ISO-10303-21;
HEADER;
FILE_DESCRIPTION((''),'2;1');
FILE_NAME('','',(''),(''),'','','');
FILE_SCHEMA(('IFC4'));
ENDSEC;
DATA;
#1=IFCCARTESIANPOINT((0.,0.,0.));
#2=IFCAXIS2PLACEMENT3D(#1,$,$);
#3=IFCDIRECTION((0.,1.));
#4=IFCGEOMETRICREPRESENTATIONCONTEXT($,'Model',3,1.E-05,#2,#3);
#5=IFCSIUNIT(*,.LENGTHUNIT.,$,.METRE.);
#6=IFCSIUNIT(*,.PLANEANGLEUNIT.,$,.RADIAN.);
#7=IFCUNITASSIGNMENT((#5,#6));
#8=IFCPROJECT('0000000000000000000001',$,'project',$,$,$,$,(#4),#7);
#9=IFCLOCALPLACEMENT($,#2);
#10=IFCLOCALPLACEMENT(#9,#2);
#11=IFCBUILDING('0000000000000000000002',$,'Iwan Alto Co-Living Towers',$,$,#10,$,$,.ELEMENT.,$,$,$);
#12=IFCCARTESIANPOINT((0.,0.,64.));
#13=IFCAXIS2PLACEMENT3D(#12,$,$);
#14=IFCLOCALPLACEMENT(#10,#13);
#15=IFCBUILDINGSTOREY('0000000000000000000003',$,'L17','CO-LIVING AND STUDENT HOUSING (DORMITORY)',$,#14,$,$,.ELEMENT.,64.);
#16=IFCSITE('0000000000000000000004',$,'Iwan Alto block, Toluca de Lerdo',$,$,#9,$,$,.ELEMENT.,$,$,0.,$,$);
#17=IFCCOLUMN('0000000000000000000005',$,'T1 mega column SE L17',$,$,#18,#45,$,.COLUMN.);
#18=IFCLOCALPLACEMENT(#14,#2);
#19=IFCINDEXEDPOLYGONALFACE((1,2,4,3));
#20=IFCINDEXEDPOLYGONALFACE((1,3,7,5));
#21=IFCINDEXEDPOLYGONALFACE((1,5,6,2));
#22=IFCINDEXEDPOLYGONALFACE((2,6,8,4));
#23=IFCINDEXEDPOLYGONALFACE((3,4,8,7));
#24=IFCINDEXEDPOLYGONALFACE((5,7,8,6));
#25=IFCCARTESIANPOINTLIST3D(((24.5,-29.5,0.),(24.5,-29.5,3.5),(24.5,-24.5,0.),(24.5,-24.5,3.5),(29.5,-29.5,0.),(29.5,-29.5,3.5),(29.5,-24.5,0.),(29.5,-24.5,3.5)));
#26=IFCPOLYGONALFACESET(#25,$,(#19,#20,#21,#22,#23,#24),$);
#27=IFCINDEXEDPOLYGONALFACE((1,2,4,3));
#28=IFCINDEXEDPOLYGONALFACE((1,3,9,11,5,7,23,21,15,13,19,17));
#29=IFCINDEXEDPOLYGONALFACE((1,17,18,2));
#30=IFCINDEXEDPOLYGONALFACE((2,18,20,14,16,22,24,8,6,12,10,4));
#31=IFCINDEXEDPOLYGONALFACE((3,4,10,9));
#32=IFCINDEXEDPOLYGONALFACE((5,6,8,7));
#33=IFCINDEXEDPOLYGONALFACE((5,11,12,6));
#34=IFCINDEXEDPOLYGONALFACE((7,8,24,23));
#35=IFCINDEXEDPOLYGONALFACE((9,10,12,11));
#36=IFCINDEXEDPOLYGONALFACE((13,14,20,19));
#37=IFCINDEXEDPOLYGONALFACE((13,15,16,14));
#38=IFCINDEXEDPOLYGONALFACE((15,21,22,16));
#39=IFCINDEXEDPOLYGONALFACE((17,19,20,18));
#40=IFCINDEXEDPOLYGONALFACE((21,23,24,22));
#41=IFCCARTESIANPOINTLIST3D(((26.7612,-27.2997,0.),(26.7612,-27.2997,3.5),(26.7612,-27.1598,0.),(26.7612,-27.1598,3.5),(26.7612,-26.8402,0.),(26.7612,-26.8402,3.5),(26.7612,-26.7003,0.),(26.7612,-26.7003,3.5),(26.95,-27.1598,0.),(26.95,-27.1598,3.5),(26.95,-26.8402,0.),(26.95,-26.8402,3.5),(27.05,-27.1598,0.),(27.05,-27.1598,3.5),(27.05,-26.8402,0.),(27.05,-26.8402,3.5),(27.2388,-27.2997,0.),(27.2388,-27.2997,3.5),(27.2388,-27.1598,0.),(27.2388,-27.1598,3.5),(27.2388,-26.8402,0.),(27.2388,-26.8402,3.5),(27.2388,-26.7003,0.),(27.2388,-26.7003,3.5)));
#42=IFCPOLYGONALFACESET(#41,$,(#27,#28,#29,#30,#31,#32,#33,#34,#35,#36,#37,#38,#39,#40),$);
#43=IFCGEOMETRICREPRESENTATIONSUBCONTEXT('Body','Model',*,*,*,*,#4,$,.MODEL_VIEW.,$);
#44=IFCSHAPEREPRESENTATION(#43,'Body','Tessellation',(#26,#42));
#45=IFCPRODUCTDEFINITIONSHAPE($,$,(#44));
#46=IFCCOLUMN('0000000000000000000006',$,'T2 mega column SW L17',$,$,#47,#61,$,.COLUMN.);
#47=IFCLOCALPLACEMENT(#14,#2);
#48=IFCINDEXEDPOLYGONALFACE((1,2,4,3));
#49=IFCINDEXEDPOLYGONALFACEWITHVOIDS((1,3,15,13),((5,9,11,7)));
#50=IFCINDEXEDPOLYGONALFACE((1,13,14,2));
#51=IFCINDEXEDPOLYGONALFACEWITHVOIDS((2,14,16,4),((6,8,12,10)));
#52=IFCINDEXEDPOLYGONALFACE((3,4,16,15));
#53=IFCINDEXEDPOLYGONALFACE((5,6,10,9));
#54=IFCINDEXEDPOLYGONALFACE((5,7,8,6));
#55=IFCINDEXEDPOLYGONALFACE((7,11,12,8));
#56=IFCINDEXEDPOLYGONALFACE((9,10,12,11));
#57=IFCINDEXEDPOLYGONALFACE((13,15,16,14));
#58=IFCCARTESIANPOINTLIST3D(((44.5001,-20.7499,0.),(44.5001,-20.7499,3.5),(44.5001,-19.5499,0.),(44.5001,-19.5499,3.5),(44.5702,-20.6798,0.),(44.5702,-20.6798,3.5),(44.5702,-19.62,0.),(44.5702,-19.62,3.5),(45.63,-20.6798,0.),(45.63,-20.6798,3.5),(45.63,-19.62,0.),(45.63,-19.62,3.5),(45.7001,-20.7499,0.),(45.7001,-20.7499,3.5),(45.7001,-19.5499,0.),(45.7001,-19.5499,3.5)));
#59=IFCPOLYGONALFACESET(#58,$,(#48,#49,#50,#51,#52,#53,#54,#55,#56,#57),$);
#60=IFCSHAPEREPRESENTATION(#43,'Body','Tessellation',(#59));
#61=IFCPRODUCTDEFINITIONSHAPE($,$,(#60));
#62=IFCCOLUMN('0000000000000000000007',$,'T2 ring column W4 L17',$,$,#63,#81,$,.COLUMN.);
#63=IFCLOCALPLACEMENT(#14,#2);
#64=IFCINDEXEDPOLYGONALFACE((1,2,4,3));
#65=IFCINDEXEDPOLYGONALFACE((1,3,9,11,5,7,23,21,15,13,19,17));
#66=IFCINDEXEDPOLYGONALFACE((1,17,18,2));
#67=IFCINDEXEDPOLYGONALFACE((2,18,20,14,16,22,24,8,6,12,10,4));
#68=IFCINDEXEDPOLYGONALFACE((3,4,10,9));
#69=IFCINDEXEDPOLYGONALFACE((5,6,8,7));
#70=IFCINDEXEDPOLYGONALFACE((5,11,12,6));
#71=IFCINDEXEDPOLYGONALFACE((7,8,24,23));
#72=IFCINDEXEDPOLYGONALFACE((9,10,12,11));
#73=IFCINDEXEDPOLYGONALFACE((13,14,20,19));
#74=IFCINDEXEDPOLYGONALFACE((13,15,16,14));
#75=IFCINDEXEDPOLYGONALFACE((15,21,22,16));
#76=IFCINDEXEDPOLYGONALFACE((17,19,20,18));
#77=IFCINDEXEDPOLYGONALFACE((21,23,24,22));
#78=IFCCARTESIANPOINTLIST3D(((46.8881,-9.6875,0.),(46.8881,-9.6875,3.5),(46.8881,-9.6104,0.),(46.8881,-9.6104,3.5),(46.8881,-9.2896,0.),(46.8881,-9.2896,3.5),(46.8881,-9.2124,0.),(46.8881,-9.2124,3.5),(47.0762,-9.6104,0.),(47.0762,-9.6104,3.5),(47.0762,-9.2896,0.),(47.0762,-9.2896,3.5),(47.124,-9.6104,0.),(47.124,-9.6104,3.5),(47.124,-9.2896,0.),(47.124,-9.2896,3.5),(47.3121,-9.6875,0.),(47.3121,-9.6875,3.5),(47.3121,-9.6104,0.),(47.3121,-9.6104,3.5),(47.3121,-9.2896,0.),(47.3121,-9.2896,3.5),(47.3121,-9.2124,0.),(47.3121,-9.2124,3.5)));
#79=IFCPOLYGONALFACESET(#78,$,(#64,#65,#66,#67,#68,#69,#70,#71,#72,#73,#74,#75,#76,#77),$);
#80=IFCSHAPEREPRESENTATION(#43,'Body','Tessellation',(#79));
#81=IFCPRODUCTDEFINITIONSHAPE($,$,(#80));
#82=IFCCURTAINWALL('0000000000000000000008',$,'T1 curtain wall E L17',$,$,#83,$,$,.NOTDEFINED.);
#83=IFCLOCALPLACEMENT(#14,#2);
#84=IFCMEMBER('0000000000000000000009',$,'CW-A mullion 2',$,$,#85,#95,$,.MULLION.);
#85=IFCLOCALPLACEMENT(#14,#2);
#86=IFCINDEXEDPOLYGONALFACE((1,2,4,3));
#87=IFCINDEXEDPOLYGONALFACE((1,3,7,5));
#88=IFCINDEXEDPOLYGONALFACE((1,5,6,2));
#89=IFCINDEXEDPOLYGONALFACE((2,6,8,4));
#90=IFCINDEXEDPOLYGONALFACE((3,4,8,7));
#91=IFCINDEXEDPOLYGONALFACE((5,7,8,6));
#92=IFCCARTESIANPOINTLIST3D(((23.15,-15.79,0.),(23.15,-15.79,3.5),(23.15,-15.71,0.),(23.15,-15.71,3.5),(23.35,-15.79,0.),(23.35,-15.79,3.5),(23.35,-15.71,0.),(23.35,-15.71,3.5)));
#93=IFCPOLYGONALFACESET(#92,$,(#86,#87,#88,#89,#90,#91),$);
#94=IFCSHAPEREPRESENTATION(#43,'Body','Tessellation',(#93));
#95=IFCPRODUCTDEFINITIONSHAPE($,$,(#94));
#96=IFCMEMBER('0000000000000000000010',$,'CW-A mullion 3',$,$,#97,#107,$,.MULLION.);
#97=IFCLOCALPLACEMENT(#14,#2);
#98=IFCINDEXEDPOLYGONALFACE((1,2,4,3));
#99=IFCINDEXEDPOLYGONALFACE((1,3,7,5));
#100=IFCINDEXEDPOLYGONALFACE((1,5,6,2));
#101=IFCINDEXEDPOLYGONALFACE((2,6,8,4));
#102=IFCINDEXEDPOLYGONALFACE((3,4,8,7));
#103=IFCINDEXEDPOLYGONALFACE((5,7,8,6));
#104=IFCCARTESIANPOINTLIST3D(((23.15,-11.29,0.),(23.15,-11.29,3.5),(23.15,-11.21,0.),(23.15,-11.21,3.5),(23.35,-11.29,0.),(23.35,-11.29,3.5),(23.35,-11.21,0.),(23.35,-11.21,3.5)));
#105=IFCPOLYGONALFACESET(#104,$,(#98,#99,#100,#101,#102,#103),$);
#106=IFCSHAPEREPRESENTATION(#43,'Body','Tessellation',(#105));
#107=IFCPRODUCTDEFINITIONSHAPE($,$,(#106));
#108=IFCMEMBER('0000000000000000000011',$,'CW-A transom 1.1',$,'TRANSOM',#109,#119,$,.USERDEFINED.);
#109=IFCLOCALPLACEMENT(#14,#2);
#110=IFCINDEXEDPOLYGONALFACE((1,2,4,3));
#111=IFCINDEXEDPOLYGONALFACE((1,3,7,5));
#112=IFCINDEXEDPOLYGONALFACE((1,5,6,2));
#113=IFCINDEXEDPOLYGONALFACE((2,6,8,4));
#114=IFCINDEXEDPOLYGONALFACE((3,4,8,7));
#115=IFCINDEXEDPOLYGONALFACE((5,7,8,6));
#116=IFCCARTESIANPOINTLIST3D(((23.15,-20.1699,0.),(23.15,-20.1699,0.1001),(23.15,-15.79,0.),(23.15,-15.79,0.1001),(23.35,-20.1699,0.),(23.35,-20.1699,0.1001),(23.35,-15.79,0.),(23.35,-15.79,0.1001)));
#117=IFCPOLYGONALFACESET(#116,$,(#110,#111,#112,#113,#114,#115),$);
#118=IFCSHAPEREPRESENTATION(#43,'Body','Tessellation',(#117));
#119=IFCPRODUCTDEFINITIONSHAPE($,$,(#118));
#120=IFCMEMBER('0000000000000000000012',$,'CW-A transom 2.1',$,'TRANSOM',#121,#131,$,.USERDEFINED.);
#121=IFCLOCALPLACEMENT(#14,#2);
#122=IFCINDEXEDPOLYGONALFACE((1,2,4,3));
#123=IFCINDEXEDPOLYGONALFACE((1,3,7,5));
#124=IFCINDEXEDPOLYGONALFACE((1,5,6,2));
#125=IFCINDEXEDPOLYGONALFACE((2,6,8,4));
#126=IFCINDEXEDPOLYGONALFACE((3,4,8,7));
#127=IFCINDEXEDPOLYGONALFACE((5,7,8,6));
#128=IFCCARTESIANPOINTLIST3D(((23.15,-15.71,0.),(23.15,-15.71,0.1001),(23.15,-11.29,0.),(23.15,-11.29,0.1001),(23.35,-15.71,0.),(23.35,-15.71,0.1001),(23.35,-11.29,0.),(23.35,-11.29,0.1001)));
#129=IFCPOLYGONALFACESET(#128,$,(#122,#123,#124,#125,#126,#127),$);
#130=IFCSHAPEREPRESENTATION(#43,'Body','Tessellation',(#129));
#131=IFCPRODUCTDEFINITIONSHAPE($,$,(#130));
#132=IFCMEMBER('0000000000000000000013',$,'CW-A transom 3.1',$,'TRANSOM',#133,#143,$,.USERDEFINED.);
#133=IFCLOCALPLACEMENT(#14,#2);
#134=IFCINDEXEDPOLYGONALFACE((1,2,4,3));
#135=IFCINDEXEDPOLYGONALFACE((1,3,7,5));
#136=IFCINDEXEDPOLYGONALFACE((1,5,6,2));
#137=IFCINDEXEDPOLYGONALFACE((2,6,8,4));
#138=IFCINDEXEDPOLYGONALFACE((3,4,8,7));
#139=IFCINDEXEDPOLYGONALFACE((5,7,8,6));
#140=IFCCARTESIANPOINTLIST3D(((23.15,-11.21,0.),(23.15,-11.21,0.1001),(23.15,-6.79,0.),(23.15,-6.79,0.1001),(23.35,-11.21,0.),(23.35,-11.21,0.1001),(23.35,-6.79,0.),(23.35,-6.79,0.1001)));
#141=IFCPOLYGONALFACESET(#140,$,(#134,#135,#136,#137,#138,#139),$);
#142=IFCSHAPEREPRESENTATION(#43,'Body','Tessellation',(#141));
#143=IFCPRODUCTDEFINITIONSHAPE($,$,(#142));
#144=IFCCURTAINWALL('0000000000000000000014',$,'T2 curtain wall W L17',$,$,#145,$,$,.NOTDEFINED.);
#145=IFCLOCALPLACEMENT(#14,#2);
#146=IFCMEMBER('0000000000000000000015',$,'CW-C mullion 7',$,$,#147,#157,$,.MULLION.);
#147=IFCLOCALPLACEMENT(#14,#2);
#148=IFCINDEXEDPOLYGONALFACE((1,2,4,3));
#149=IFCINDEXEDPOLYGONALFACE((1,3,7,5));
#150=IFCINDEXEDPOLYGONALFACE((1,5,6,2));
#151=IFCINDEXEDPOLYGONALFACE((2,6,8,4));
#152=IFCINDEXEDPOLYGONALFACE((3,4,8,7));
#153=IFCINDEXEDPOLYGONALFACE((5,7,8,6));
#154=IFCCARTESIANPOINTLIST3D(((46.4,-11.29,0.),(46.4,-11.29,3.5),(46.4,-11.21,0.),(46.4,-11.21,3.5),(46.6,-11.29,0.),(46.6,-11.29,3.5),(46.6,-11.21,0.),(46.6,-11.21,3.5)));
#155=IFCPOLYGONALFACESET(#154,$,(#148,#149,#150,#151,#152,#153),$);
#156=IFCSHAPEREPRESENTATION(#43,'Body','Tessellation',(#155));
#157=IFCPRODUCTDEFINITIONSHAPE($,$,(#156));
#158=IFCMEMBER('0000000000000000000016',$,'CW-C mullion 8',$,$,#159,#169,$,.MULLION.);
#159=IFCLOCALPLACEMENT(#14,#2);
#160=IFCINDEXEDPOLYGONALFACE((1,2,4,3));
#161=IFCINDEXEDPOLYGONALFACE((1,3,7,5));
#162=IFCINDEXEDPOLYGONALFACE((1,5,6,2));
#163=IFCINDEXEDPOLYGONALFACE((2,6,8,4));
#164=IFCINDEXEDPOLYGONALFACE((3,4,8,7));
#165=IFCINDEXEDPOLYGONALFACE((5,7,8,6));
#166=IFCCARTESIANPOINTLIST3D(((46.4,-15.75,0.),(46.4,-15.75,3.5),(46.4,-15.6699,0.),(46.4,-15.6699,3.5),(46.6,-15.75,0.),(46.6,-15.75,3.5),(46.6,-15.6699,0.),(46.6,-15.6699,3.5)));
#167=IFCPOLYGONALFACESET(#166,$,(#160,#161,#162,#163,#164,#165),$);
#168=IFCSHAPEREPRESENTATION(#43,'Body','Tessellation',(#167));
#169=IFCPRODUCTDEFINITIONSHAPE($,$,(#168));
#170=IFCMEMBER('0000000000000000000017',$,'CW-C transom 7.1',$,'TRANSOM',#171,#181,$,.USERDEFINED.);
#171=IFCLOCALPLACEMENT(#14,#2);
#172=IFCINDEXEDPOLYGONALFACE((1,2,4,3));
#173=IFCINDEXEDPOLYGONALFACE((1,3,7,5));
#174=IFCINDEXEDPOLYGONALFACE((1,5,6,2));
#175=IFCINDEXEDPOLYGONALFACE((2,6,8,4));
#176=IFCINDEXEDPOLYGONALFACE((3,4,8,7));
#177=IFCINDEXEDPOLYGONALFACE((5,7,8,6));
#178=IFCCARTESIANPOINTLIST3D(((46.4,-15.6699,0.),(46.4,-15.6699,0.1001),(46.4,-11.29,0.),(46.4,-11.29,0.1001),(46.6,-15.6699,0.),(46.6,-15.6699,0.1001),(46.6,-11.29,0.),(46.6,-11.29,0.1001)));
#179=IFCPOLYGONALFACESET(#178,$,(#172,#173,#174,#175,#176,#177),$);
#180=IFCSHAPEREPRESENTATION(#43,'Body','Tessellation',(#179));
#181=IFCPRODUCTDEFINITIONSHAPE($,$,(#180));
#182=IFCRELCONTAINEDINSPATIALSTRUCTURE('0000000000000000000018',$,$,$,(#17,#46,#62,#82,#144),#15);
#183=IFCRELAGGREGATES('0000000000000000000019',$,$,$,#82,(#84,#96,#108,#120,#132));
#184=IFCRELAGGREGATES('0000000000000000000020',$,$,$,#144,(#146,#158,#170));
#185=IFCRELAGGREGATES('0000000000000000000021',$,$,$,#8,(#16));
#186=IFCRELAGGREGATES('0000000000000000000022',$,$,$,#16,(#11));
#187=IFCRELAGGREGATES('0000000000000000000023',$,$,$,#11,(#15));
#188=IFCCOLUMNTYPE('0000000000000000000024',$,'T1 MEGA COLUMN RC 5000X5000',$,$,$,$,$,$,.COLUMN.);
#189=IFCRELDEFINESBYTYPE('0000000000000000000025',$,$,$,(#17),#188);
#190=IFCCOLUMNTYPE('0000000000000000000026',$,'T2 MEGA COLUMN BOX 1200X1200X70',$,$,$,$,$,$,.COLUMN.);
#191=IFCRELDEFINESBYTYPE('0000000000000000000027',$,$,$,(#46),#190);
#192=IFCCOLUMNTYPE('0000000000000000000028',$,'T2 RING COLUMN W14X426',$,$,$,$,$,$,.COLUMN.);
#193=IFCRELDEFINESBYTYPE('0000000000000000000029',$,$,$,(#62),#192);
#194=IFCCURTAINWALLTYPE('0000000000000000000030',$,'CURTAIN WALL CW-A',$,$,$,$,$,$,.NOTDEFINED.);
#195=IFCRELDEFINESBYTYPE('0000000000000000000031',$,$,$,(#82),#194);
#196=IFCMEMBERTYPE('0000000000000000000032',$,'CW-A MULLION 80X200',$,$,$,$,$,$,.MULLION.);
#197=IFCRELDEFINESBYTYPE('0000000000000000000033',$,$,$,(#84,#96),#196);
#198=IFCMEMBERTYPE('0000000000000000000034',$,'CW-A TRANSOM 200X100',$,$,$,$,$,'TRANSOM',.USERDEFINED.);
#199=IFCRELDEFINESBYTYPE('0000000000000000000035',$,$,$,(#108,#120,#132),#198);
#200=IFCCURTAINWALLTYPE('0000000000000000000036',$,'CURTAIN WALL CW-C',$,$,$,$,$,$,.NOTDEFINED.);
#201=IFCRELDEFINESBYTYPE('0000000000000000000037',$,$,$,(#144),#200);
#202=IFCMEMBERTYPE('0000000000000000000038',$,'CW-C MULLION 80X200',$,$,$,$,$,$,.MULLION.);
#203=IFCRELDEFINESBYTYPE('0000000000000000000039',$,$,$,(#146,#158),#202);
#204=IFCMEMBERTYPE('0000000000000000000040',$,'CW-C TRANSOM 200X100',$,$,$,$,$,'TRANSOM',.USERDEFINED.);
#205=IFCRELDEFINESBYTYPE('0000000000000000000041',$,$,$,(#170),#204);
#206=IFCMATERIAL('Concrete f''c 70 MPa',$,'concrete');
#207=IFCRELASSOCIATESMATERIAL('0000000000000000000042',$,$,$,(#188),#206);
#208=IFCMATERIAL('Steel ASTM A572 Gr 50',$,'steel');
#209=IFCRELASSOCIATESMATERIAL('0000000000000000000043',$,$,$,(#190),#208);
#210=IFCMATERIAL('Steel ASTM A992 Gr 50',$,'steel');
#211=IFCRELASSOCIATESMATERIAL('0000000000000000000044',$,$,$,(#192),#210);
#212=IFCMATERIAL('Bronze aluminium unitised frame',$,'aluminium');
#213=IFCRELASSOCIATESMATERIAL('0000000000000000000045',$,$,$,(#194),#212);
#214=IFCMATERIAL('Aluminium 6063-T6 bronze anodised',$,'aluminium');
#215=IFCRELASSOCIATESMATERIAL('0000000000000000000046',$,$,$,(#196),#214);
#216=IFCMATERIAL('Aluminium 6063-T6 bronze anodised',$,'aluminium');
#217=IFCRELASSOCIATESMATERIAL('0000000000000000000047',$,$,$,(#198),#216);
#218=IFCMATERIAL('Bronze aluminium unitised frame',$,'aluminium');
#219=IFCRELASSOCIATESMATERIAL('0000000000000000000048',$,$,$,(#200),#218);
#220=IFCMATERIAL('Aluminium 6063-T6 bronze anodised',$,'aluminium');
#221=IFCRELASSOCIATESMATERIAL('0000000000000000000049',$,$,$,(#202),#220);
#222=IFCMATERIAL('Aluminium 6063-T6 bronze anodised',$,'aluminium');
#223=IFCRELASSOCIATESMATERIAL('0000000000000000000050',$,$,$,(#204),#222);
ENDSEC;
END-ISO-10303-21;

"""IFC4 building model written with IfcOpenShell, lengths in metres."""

from ifc_helpers import new_model, si_unit, direction, frame, origin, origin_2d, place, context, subcontext, project, spatial, rectangle, hollow_rectangle, i_section, extrude, material, material_profile, profile_set, type_object, element, aggregate, save


model = new_model("IFC4")

# Units and contexts
model_context = context("Model", 3, precision=1e-05, world=origin(), true_north=direction((0.0, 1.0)))
body_context = subcontext(model_context, "Body", "Model", "MODEL_VIEW")
ifc_project = project(units=[si_unit("LENGTHUNIT", "METRE"), si_unit("PLANEANGLEUNIT", "RADIAN")], contexts=[model_context])

# Site, building, storey
site_placement = place(None, origin())
site = spatial("IfcSite", under=ifc_project, at=site_placement, Name="Iwan Alto block, Toluca de Lerdo", CompositionType="ELEMENT", RefElevation=0.0)
building_placement = place(site_placement, origin())
building = spatial("IfcBuilding", under=site, at=building_placement, Name="Iwan Alto Co-Living Towers", CompositionType="ELEMENT")
storey_placement = place(building_placement, frame((0.0, 0.0, 64.0)))
storey = spatial("IfcBuildingStorey", under=building, at=storey_placement, Name="L17", Description="CO-LIVING AND STUDENT HOUSING (DORMITORY)", CompositionType="ELEMENT", Elevation=64.0)

# Columns
ifc_material_1 = material(Name="Concrete f'c 70 MPa", Category="concrete")
ifc_material_profile_1 = material_profile(ifc_material_1, rectangle(XDim=5.0, YDim=5.0, at=origin_2d()), Name="RC 5000X5000")
ifc_profile_set_1 = profile_set([ifc_material_profile_1], Name="Concrete f'c 70 MPa")
column_type_1 = type_object("IfcColumnType", Name="T1 MEGA COLUMN RC 5000X5000", PredefinedType="COLUMN", material=ifc_profile_set_1)
column_1_placement = place(storey_placement, frame((27.0, -27.0, 0.0), z_axis=(0.0, 0.0, 1.0), x_axis=(1.0, 0.0, 0.0)))
element("IfcColumn", 1, at=column_1_placement, inside=storey, type_object=column_type_1, Name="T1 mega column SE L17", PredefinedType="COLUMN", context=body_context, shape_type="SweptSolid", body=[
    extrude(rectangle(XDim=5.0, YDim=5.0, at=origin_2d()), origin(), (0.0, 0.0, 1.0), 3.5),
    extrude(i_section(OverallWidth=0.4775, OverallDepth=0.5994, WebThickness=0.1001, FlangeThickness=0.1399, at=origin_2d()), origin(), (0.0, 0.0, 1.0), 3.5),
])
ifc_material_2 = material(Name="Steel ASTM A572 Gr 50", Category="steel")
ifc_material_profile_2 = material_profile(ifc_material_2, hollow_rectangle(XDim=1.2, YDim=1.2, WallThickness=0.0701, at=origin_2d()), Name="BOX 1200X1200X70")
ifc_profile_set_2 = profile_set([ifc_material_profile_2], Name="Steel ASTM A572 Gr 50")
column_type_2 = type_object("IfcColumnType", Name="T2 MEGA COLUMN BOX 1200X1200X70", PredefinedType="COLUMN", material=ifc_profile_set_2)
column_2_placement = place(storey_placement, frame((45.1001, -20.1499, 0.0), z_axis=(0.0, 0.0, 1.0), x_axis=(1.0, 0.0, 0.0)))
element("IfcColumn", 2, at=column_2_placement, inside=storey, type_object=column_type_2, Name="T2 mega column SW L17", PredefinedType="COLUMN", context=body_context, shape_type="SweptSolid", body=[
    extrude(hollow_rectangle(XDim=1.2, YDim=1.2, WallThickness=0.0701, at=origin_2d()), origin(), (0.0, 0.0, 1.0), 3.5),
])
ifc_material_3 = material(Name="Steel ASTM A992 Gr 50", Category="steel")
ifc_material_profile_3 = material_profile(ifc_material_3, i_section(OverallWidth=0.4241, OverallDepth=0.4751, WebThickness=0.0479, FlangeThickness=0.0771, at=origin_2d()), Name="W14X426")
ifc_profile_set_3 = profile_set([ifc_material_profile_3], Name="Steel ASTM A992 Gr 50")
column_type_3 = type_object("IfcColumnType", Name="T2 RING COLUMN W14X426", PredefinedType="COLUMN", material=ifc_profile_set_3)
column_3_placement = place(storey_placement, frame((47.1001, -9.45, 0.0), z_axis=(0.0, 0.0, 1.0), x_axis=(1.0, 0.0, 0.0)))
element("IfcColumn", 3, at=column_3_placement, inside=storey, type_object=column_type_3, Name="T2 ring column W4 L17", PredefinedType="COLUMN", context=body_context, shape_type="SweptSolid", body=[
    extrude(i_section(OverallWidth=0.4241, OverallDepth=0.4751, WebThickness=0.0479, FlangeThickness=0.0771, at=origin_2d()), origin(), (0.0, 0.0, 1.0), 3.5),
])

# Curtain walls, members
ifc_material_4 = material(Name="Bronze aluminium unitised frame", Category="aluminium")
curtain_wall_type_1 = type_object("IfcCurtainWallType", Name="CURTAIN WALL CW-A", PredefinedType="NOTDEFINED", material=ifc_material_4)
curtain_wall_1_placement = place(storey_placement, origin())
curtain_wall_1 = element("IfcCurtainWall", 4, at=curtain_wall_1_placement, inside=storey, type_object=curtain_wall_type_1, Name="T1 curtain wall E L17", PredefinedType="NOTDEFINED")
ifc_material_5 = material(Name="Aluminium 6063-T6 bronze anodised", Category="aluminium")
ifc_material_profile_4 = material_profile(ifc_material_5, rectangle(XDim=0.2, YDim=0.0801, at=origin_2d()), Name="AL 80X200")
ifc_profile_set_4 = profile_set([ifc_material_profile_4], Name="Aluminium 6063-T6 bronze anodised")
member_type_1 = type_object("IfcMemberType", Name="CW-A MULLION 80X200", PredefinedType="MULLION", material=ifc_profile_set_4)
member_1_placement = place(storey_placement, frame((23.25, -15.75, 0.0), z_axis=(0.0, 0.0, 1.0), x_axis=(-1.0, 0.0, 0.0)))
member_1 = element("IfcMember", 5, at=member_1_placement, type_object=member_type_1, Name="CW-A mullion 2", PredefinedType="MULLION", context=body_context, shape_type="SweptSolid", body=[
    extrude(rectangle(XDim=0.2, YDim=0.0801, at=origin_2d()), origin(), (0.0, 0.0, 1.0), 3.5),
])
member_2_placement = place(storey_placement, frame((23.25, -11.25, 0.0), z_axis=(0.0, 0.0, 1.0), x_axis=(-1.0, 0.0, 0.0)))
member_2 = element("IfcMember", 6, at=member_2_placement, type_object=member_type_1, Name="CW-A mullion 3", PredefinedType="MULLION", context=body_context, shape_type="SweptSolid", body=[
    extrude(rectangle(XDim=0.2, YDim=0.0801, at=origin_2d()), origin(), (0.0, 0.0, 1.0), 3.5),
])
ifc_material_6 = material(Name="Aluminium 6063-T6 bronze anodised", Category="aluminium")
ifc_material_profile_5 = material_profile(ifc_material_6, rectangle(XDim=0.2, YDim=0.1001, at=origin_2d()), Name="AL 200X100")
ifc_profile_set_5 = profile_set([ifc_material_profile_5], Name="Aluminium 6063-T6 bronze anodised")
member_type_2 = type_object("IfcMemberType", Name="CW-A TRANSOM 200X100", ElementType="TRANSOM", PredefinedType="USERDEFINED", material=ifc_profile_set_5)
member_3_placement = place(storey_placement, frame((23.25, -20.1699, 0.05), z_axis=(0.0, 1.0, 0.0), x_axis=(-1.0, 0.0, 0.0)))
member_3 = element("IfcMember", 7, at=member_3_placement, type_object=member_type_2, Name="CW-A transom 1.1", ObjectType="TRANSOM", PredefinedType="USERDEFINED", context=body_context, shape_type="SweptSolid", body=[
    extrude(rectangle(XDim=0.2, YDim=0.1001, at=origin_2d()), origin(), (0.0, 0.0, 1.0), 4.3799),
])
member_4_placement = place(storey_placement, frame((23.25, -15.71, 0.05), z_axis=(0.0, 1.0, 0.0), x_axis=(-1.0, 0.0, 0.0)))
member_4 = element("IfcMember", 8, at=member_4_placement, type_object=member_type_2, Name="CW-A transom 2.1", ObjectType="TRANSOM", PredefinedType="USERDEFINED", context=body_context, shape_type="SweptSolid", body=[
    extrude(rectangle(XDim=0.2, YDim=0.1001, at=origin_2d()), origin(), (0.0, 0.0, 1.0), 4.4199),
])
member_5_placement = place(storey_placement, frame((23.25, -11.21, 0.05), z_axis=(0.0, 1.0, 0.0), x_axis=(-1.0, 0.0, 0.0)))
member_5 = element("IfcMember", 9, at=member_5_placement, type_object=member_type_2, Name="CW-A transom 3.1", ObjectType="TRANSOM", PredefinedType="USERDEFINED", context=body_context, shape_type="SweptSolid", body=[
    extrude(rectangle(XDim=0.2, YDim=0.1001, at=origin_2d()), origin(), (0.0, 0.0, 1.0), 4.4199),
])
ifc_material_7 = material(Name="Bronze aluminium unitised frame", Category="aluminium")
curtain_wall_type_2 = type_object("IfcCurtainWallType", Name="CURTAIN WALL CW-C", PredefinedType="NOTDEFINED", material=ifc_material_7)
curtain_wall_2_placement = place(storey_placement, origin())
curtain_wall_2 = element("IfcCurtainWall", 10, at=curtain_wall_2_placement, inside=storey, type_object=curtain_wall_type_2, Name="T2 curtain wall W L17", PredefinedType="NOTDEFINED")
ifc_material_8 = material(Name="Aluminium 6063-T6 bronze anodised", Category="aluminium")
ifc_material_profile_6 = material_profile(ifc_material_8, rectangle(XDim=0.2, YDim=0.0801, at=origin_2d()), Name="AL 80X200")
ifc_profile_set_6 = profile_set([ifc_material_profile_6], Name="Aluminium 6063-T6 bronze anodised")
member_type_3 = type_object("IfcMemberType", Name="CW-C MULLION 80X200", PredefinedType="MULLION", material=ifc_profile_set_6)
member_6_placement = place(storey_placement, frame((46.5, -11.25, 0.0), z_axis=(0.0, 0.0, 1.0), x_axis=(1.0, 0.0, 0.0)))
member_6 = element("IfcMember", 11, at=member_6_placement, type_object=member_type_3, Name="CW-C mullion 7", PredefinedType="MULLION", context=body_context, shape_type="SweptSolid", body=[
    extrude(rectangle(XDim=0.2, YDim=0.0801, at=origin_2d()), origin(), (0.0, 0.0, 1.0), 3.5),
])
member_7_placement = place(storey_placement, frame((46.5, -15.71, 0.0), z_axis=(0.0, 0.0, 1.0), x_axis=(1.0, 0.0, 0.0)))
member_7 = element("IfcMember", 12, at=member_7_placement, type_object=member_type_3, Name="CW-C mullion 8", PredefinedType="MULLION", context=body_context, shape_type="SweptSolid", body=[
    extrude(rectangle(XDim=0.2, YDim=0.0801, at=origin_2d()), origin(), (0.0, 0.0, 1.0), 3.5),
])
ifc_material_9 = material(Name="Aluminium 6063-T6 bronze anodised", Category="aluminium")
ifc_material_profile_7 = material_profile(ifc_material_9, rectangle(XDim=0.2, YDim=0.1001, at=origin_2d()), Name="AL 200X100")
ifc_profile_set_7 = profile_set([ifc_material_profile_7], Name="Aluminium 6063-T6 bronze anodised")
member_type_4 = type_object("IfcMemberType", Name="CW-C TRANSOM 200X100", ElementType="TRANSOM", PredefinedType="USERDEFINED", material=ifc_profile_set_7)
member_8_placement = place(storey_placement, frame((46.5, -11.29, 0.05), z_axis=(0.0, -1.0, 0.0), x_axis=(1.0, 0.0, 0.0)))
member_8 = element("IfcMember", 13, at=member_8_placement, type_object=member_type_4, Name="CW-C transom 7.1", ObjectType="TRANSOM", PredefinedType="USERDEFINED", context=body_context, shape_type="SweptSolid", body=[
    extrude(rectangle(XDim=0.2, YDim=0.1001, at=origin_2d()), origin(), (0.0, 0.0, 1.0), 4.3799),
])

aggregate(curtain_wall_1, [member_1, member_2, member_3, member_4, member_5])
aggregate(curtain_wall_2, [member_6, member_7, member_8])

save(model, "model.ifc")
